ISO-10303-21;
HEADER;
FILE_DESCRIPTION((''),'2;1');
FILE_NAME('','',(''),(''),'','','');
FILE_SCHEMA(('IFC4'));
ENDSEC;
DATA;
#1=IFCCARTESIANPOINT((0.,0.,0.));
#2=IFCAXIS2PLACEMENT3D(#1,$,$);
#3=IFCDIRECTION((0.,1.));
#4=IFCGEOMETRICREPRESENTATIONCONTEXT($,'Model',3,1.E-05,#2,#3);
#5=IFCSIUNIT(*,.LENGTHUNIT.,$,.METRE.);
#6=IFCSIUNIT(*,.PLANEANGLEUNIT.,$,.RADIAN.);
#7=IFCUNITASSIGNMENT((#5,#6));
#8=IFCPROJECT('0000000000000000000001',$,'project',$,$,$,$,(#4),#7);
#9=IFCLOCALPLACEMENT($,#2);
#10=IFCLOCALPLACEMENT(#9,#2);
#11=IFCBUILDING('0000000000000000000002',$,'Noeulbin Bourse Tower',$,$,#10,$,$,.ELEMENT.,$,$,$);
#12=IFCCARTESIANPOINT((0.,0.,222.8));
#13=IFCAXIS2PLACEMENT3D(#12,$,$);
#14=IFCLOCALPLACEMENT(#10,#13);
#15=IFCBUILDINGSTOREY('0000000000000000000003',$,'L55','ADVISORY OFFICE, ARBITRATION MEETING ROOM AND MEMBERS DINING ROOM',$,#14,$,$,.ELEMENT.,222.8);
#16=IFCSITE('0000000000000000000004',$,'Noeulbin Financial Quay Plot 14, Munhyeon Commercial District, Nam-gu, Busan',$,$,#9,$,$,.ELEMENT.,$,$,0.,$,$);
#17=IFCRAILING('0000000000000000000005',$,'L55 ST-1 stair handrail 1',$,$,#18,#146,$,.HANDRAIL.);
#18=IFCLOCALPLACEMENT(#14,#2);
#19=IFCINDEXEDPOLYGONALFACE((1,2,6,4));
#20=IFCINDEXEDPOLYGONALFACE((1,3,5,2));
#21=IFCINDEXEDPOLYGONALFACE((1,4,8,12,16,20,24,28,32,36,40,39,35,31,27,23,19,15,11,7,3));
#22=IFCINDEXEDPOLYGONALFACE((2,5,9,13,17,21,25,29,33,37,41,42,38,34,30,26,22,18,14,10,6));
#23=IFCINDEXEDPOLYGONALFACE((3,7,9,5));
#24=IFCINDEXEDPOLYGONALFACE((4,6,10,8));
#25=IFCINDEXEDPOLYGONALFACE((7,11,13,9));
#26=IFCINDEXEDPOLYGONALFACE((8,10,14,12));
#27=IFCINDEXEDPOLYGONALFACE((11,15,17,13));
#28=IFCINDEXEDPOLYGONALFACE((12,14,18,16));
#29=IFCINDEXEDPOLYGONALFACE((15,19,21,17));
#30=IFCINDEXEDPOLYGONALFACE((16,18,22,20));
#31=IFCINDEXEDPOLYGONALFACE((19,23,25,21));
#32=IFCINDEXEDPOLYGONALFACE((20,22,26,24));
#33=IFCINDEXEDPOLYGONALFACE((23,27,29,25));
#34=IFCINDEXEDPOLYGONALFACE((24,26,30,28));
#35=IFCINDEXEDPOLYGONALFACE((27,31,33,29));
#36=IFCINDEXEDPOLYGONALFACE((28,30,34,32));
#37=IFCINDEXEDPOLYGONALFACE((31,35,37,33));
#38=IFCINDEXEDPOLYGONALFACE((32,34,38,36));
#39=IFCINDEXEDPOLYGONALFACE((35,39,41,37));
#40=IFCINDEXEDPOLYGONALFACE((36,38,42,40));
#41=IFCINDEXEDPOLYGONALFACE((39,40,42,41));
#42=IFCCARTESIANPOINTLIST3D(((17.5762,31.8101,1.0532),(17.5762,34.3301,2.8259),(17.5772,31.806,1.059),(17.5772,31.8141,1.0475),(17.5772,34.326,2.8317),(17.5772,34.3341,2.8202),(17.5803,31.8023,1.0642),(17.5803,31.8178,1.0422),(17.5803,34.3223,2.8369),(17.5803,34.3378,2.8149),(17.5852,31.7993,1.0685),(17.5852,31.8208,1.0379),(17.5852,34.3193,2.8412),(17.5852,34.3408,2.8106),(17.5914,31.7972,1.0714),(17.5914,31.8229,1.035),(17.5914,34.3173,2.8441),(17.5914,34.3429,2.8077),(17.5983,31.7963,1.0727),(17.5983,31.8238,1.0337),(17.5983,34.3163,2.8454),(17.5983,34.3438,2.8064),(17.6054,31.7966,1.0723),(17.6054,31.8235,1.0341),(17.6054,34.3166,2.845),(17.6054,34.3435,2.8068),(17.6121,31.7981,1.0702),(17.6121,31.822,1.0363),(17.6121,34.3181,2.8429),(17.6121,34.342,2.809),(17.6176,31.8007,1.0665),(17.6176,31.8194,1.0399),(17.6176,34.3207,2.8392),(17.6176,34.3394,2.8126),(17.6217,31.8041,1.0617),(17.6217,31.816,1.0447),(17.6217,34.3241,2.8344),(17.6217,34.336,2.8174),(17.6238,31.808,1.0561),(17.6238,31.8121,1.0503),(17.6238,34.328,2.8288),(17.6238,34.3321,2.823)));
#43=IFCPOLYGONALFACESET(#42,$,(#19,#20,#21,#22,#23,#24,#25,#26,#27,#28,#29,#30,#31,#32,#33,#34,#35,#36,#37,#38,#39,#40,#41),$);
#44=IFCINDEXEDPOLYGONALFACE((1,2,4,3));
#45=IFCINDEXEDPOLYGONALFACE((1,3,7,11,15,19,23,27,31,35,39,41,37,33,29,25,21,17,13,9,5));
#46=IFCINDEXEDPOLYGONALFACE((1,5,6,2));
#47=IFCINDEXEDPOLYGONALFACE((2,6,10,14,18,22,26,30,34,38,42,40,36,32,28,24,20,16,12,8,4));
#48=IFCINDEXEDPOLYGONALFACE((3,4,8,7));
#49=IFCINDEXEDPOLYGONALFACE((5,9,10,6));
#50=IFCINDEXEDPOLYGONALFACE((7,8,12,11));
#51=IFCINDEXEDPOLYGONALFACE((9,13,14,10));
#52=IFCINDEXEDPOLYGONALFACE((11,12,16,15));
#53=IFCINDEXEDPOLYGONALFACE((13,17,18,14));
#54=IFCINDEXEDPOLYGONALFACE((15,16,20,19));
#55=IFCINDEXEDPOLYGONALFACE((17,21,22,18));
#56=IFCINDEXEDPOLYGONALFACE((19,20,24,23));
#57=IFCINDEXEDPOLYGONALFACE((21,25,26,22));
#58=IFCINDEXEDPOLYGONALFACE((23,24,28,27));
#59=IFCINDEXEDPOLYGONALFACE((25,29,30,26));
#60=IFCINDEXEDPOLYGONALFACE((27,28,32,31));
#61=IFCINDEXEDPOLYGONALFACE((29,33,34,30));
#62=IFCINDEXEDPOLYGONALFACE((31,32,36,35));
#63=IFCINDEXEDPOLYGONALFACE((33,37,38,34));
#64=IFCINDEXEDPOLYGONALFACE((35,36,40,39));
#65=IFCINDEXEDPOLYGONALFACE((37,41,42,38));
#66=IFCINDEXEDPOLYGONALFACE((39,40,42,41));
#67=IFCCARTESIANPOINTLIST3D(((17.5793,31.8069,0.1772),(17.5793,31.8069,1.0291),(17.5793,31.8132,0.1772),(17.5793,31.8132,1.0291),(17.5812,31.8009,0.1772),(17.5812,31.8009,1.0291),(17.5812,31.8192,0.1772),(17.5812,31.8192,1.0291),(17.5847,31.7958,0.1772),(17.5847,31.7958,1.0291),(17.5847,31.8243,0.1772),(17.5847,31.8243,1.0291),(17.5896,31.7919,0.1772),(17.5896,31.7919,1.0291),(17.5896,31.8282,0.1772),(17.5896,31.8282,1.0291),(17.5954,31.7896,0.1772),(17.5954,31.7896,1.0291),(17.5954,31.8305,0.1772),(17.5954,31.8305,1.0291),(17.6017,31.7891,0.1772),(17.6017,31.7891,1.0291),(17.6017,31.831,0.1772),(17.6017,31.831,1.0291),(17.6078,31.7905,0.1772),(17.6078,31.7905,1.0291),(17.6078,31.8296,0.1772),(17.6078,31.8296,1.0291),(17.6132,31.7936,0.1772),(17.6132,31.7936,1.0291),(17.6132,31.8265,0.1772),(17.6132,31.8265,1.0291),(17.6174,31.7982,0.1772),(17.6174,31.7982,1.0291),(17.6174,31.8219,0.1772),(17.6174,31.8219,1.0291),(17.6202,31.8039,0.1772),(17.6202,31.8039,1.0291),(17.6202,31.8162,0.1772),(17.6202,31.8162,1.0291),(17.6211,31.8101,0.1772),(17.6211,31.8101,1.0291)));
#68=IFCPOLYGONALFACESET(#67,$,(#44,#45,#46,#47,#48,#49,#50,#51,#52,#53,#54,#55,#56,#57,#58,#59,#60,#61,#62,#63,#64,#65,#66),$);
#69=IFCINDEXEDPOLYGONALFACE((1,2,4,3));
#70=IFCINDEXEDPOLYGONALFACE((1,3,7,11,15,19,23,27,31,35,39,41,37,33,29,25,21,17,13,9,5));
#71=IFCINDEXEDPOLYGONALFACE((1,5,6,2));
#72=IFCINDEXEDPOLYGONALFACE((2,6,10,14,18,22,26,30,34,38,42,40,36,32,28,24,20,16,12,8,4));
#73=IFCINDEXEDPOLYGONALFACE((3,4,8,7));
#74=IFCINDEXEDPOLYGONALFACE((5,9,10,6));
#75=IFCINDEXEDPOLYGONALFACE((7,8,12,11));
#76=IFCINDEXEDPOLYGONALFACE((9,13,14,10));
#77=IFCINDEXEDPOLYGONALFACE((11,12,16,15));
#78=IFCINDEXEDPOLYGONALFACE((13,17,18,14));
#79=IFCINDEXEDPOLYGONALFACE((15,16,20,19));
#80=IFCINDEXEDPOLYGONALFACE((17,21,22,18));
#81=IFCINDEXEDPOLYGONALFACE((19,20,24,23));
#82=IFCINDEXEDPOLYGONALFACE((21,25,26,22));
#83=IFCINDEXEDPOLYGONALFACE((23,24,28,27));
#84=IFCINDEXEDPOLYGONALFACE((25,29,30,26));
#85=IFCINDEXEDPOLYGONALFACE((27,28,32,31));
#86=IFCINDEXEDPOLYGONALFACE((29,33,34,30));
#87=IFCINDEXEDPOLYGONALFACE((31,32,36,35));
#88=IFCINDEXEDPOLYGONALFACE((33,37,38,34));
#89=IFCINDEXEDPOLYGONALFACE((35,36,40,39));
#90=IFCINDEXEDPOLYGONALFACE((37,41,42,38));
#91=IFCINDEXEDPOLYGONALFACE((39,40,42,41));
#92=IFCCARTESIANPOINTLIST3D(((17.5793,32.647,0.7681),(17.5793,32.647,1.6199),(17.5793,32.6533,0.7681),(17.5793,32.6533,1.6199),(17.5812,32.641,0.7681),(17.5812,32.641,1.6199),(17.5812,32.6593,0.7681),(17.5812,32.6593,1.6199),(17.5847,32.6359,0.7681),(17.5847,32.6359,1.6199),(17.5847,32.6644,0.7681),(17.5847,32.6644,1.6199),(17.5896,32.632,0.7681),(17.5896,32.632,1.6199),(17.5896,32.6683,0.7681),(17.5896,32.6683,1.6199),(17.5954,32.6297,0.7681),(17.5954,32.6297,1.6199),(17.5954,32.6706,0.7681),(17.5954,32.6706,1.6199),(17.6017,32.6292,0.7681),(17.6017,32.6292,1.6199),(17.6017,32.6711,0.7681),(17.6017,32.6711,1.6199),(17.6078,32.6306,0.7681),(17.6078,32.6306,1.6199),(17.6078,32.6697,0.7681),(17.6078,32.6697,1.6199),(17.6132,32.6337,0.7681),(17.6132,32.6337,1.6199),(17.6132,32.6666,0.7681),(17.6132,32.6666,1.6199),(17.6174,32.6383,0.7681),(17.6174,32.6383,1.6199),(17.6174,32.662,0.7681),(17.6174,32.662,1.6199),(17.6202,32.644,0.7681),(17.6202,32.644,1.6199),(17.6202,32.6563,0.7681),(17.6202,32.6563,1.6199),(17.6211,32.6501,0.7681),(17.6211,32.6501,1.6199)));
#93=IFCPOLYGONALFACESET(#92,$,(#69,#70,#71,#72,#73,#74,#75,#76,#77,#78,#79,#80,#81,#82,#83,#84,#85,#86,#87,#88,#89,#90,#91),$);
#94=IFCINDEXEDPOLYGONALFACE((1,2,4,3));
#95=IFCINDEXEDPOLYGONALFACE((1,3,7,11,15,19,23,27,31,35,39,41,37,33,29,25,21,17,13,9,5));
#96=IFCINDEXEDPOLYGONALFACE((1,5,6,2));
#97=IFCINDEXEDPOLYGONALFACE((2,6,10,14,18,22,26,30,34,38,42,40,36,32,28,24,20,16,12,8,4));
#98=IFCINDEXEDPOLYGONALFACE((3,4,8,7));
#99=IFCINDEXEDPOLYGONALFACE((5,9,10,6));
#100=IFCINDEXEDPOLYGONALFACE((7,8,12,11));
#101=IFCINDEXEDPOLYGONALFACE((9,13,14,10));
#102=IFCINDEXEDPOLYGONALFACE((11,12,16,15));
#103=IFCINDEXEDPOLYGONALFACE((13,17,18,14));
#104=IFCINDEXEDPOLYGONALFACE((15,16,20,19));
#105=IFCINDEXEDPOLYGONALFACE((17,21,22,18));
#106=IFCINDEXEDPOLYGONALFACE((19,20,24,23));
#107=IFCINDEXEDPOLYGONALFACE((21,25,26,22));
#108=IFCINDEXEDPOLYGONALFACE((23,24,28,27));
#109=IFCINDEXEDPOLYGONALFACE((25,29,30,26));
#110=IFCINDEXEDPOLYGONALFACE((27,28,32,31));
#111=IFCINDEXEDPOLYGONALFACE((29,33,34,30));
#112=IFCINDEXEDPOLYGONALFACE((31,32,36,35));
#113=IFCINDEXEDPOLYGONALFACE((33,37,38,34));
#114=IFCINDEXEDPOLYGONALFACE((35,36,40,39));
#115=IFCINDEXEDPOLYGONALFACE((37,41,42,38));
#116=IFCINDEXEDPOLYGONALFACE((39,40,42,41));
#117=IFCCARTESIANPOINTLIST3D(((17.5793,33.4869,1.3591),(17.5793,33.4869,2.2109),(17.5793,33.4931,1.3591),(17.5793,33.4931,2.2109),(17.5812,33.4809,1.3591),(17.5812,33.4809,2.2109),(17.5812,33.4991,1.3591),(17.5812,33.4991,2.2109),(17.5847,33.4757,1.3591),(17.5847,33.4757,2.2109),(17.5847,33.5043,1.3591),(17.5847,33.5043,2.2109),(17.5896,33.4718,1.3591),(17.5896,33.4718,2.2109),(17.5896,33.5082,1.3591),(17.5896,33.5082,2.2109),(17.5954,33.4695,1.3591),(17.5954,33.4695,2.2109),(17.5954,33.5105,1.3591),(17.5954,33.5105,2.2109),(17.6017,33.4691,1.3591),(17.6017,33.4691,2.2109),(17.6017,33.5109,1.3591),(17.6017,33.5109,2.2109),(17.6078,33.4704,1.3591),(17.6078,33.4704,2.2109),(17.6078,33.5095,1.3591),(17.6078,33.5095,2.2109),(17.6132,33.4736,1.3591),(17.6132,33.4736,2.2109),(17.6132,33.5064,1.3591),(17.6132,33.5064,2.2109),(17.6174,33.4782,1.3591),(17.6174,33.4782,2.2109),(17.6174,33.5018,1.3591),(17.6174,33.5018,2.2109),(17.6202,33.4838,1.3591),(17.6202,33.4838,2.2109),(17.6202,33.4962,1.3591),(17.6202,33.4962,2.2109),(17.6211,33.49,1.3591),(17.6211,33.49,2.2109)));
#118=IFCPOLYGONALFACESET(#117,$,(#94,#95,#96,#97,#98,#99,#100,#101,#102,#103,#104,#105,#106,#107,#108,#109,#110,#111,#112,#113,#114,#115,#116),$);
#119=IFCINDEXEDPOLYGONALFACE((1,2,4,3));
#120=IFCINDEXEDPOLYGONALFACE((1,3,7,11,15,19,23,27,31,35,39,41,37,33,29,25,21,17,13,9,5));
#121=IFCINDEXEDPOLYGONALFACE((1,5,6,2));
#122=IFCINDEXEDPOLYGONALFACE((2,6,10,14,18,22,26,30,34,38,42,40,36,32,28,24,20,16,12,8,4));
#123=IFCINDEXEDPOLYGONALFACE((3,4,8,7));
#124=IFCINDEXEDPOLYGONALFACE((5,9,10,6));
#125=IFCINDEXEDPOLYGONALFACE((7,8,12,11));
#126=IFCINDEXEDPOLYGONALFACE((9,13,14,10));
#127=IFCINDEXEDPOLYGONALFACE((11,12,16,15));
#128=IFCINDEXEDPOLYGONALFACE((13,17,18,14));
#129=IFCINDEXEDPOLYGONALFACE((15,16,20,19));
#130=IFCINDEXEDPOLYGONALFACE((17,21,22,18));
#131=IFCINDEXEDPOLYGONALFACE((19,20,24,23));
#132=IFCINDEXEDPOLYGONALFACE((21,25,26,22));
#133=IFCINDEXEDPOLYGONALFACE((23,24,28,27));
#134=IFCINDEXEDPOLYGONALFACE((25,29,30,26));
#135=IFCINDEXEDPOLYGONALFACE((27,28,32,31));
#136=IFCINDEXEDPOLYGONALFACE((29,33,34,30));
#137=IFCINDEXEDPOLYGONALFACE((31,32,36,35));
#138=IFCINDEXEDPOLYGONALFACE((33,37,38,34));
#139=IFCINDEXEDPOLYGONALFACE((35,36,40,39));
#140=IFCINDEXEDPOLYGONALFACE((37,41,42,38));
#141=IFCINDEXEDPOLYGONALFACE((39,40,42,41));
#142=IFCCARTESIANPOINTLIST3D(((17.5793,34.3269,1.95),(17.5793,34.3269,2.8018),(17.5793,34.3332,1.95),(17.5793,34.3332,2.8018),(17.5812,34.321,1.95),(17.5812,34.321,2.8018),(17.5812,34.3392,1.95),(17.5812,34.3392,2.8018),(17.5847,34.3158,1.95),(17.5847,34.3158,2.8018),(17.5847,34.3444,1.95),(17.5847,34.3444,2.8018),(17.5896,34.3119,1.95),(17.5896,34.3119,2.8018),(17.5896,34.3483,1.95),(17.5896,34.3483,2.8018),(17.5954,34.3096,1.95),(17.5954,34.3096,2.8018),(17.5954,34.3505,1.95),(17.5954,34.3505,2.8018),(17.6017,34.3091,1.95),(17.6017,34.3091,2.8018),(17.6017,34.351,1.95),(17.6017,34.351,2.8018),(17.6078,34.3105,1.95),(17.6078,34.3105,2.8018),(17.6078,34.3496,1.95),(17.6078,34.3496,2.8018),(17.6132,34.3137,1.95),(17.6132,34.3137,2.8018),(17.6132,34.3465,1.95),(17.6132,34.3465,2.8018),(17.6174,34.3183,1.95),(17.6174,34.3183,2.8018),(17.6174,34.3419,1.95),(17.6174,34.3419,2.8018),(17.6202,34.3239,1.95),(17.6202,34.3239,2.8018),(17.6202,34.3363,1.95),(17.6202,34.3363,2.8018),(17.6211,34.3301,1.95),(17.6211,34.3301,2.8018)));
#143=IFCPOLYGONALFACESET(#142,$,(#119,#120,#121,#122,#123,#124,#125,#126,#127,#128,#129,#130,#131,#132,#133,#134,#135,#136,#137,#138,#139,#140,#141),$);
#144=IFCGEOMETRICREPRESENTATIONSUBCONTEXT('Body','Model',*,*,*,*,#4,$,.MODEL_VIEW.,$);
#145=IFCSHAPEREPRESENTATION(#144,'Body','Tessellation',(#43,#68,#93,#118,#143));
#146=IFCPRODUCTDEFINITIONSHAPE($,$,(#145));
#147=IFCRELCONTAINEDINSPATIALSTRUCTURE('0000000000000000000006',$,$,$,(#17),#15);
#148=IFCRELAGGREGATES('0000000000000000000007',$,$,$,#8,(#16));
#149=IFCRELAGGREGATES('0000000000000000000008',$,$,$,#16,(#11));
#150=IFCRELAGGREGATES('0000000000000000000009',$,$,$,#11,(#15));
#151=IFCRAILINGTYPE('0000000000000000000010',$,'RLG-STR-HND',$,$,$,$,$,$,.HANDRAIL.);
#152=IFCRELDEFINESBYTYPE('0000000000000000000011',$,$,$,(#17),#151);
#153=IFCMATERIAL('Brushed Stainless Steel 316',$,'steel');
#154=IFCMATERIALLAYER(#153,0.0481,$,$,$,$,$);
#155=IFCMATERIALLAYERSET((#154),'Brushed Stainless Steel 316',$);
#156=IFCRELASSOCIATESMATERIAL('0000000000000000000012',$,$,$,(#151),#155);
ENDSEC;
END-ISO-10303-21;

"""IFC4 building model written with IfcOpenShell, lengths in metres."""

from ifc_helpers import new_model, si_unit, direction, frame, origin, origin_2d, place, context, subcontext, project, spatial, circle, extrude, material, layer, layer_set, type_object, element, save


model = new_model("IFC4")

# Units and contexts
model_context = context("Model", 3, precision=1e-05, world=origin(), true_north=direction((0.0, 1.0)))
body_context = subcontext(model_context, "Body", "Model", "MODEL_VIEW")
ifc_project = project(units=[si_unit("LENGTHUNIT", "METRE"), si_unit("PLANEANGLEUNIT", "RADIAN")], contexts=[model_context])

# Site, building, storey
site_placement = place(None, origin())
site = spatial("IfcSite", under=ifc_project, at=site_placement, Name="Noeulbin Financial Quay Plot 14, Munhyeon Commercial District, Nam-gu, Busan", CompositionType="ELEMENT", RefElevation=0.0)
building_placement = place(site_placement, origin())
building = spatial("IfcBuilding", under=site, at=building_placement, Name="Noeulbin Bourse Tower", CompositionType="ELEMENT")
storey_placement = place(building_placement, frame((0.0, 0.0, 222.8)))
storey = spatial("IfcBuildingStorey", under=building, at=storey_placement, Name="L55", Description="ADVISORY OFFICE, ARBITRATION MEETING ROOM AND MEMBERS DINING ROOM", CompositionType="ELEMENT", Elevation=222.8)

# Shared definitions
ifc_material_1 = material(Name="Brushed Stainless Steel 316", Category="steel")

# Railing
ifc_layer_1 = layer(ifc_material_1, 0.0481)
ifc_layer_set_1 = layer_set([ifc_layer_1], Name="Brushed Stainless Steel 316")
railing_type_1 = type_object("IfcRailingType", Name="RLG-STR-HND", PredefinedType="HANDRAIL", material=ifc_layer_set_1)
railing_1_placement = place(storey_placement, frame((17.6001, 31.8101, 0.1772)))
element("IfcRailing", 1, at=railing_1_placement, inside=storey, type_object=railing_type_1, Name="L55 ST-1 stair handrail 1", PredefinedType="HANDRAIL", context=body_context, shape_type="SweptSolid", body=[
    extrude(circle(Radius=0.0239, at=origin_2d()), frame((0.0, 0.0, 0.876), z_axis=(0.0, 0.817904, 0.575354), x_axis=(-1.0, 0.0, 0.0)), (0.0, 0.0, 1.0), 3.0811),
    extrude(circle(Radius=0.021, at=origin_2d()), origin(), (0.0, 0.0, 1.0), 0.8518),
    extrude(circle(Radius=0.021, at=origin_2d()), frame((0.0, 0.8401, 0.5908)), (0.0, 0.0, 1.0), 0.8518),
    extrude(circle(Radius=0.021, at=origin_2d()), frame((0.0, 1.6799, 1.1819)), (0.0, 0.0, 1.0), 0.8518),
    extrude(circle(Radius=0.021, at=origin_2d()), frame((0.0, 2.52, 1.7727)), (0.0, 0.0, 1.0), 0.8518),
])

save(model, "model.ifc")
